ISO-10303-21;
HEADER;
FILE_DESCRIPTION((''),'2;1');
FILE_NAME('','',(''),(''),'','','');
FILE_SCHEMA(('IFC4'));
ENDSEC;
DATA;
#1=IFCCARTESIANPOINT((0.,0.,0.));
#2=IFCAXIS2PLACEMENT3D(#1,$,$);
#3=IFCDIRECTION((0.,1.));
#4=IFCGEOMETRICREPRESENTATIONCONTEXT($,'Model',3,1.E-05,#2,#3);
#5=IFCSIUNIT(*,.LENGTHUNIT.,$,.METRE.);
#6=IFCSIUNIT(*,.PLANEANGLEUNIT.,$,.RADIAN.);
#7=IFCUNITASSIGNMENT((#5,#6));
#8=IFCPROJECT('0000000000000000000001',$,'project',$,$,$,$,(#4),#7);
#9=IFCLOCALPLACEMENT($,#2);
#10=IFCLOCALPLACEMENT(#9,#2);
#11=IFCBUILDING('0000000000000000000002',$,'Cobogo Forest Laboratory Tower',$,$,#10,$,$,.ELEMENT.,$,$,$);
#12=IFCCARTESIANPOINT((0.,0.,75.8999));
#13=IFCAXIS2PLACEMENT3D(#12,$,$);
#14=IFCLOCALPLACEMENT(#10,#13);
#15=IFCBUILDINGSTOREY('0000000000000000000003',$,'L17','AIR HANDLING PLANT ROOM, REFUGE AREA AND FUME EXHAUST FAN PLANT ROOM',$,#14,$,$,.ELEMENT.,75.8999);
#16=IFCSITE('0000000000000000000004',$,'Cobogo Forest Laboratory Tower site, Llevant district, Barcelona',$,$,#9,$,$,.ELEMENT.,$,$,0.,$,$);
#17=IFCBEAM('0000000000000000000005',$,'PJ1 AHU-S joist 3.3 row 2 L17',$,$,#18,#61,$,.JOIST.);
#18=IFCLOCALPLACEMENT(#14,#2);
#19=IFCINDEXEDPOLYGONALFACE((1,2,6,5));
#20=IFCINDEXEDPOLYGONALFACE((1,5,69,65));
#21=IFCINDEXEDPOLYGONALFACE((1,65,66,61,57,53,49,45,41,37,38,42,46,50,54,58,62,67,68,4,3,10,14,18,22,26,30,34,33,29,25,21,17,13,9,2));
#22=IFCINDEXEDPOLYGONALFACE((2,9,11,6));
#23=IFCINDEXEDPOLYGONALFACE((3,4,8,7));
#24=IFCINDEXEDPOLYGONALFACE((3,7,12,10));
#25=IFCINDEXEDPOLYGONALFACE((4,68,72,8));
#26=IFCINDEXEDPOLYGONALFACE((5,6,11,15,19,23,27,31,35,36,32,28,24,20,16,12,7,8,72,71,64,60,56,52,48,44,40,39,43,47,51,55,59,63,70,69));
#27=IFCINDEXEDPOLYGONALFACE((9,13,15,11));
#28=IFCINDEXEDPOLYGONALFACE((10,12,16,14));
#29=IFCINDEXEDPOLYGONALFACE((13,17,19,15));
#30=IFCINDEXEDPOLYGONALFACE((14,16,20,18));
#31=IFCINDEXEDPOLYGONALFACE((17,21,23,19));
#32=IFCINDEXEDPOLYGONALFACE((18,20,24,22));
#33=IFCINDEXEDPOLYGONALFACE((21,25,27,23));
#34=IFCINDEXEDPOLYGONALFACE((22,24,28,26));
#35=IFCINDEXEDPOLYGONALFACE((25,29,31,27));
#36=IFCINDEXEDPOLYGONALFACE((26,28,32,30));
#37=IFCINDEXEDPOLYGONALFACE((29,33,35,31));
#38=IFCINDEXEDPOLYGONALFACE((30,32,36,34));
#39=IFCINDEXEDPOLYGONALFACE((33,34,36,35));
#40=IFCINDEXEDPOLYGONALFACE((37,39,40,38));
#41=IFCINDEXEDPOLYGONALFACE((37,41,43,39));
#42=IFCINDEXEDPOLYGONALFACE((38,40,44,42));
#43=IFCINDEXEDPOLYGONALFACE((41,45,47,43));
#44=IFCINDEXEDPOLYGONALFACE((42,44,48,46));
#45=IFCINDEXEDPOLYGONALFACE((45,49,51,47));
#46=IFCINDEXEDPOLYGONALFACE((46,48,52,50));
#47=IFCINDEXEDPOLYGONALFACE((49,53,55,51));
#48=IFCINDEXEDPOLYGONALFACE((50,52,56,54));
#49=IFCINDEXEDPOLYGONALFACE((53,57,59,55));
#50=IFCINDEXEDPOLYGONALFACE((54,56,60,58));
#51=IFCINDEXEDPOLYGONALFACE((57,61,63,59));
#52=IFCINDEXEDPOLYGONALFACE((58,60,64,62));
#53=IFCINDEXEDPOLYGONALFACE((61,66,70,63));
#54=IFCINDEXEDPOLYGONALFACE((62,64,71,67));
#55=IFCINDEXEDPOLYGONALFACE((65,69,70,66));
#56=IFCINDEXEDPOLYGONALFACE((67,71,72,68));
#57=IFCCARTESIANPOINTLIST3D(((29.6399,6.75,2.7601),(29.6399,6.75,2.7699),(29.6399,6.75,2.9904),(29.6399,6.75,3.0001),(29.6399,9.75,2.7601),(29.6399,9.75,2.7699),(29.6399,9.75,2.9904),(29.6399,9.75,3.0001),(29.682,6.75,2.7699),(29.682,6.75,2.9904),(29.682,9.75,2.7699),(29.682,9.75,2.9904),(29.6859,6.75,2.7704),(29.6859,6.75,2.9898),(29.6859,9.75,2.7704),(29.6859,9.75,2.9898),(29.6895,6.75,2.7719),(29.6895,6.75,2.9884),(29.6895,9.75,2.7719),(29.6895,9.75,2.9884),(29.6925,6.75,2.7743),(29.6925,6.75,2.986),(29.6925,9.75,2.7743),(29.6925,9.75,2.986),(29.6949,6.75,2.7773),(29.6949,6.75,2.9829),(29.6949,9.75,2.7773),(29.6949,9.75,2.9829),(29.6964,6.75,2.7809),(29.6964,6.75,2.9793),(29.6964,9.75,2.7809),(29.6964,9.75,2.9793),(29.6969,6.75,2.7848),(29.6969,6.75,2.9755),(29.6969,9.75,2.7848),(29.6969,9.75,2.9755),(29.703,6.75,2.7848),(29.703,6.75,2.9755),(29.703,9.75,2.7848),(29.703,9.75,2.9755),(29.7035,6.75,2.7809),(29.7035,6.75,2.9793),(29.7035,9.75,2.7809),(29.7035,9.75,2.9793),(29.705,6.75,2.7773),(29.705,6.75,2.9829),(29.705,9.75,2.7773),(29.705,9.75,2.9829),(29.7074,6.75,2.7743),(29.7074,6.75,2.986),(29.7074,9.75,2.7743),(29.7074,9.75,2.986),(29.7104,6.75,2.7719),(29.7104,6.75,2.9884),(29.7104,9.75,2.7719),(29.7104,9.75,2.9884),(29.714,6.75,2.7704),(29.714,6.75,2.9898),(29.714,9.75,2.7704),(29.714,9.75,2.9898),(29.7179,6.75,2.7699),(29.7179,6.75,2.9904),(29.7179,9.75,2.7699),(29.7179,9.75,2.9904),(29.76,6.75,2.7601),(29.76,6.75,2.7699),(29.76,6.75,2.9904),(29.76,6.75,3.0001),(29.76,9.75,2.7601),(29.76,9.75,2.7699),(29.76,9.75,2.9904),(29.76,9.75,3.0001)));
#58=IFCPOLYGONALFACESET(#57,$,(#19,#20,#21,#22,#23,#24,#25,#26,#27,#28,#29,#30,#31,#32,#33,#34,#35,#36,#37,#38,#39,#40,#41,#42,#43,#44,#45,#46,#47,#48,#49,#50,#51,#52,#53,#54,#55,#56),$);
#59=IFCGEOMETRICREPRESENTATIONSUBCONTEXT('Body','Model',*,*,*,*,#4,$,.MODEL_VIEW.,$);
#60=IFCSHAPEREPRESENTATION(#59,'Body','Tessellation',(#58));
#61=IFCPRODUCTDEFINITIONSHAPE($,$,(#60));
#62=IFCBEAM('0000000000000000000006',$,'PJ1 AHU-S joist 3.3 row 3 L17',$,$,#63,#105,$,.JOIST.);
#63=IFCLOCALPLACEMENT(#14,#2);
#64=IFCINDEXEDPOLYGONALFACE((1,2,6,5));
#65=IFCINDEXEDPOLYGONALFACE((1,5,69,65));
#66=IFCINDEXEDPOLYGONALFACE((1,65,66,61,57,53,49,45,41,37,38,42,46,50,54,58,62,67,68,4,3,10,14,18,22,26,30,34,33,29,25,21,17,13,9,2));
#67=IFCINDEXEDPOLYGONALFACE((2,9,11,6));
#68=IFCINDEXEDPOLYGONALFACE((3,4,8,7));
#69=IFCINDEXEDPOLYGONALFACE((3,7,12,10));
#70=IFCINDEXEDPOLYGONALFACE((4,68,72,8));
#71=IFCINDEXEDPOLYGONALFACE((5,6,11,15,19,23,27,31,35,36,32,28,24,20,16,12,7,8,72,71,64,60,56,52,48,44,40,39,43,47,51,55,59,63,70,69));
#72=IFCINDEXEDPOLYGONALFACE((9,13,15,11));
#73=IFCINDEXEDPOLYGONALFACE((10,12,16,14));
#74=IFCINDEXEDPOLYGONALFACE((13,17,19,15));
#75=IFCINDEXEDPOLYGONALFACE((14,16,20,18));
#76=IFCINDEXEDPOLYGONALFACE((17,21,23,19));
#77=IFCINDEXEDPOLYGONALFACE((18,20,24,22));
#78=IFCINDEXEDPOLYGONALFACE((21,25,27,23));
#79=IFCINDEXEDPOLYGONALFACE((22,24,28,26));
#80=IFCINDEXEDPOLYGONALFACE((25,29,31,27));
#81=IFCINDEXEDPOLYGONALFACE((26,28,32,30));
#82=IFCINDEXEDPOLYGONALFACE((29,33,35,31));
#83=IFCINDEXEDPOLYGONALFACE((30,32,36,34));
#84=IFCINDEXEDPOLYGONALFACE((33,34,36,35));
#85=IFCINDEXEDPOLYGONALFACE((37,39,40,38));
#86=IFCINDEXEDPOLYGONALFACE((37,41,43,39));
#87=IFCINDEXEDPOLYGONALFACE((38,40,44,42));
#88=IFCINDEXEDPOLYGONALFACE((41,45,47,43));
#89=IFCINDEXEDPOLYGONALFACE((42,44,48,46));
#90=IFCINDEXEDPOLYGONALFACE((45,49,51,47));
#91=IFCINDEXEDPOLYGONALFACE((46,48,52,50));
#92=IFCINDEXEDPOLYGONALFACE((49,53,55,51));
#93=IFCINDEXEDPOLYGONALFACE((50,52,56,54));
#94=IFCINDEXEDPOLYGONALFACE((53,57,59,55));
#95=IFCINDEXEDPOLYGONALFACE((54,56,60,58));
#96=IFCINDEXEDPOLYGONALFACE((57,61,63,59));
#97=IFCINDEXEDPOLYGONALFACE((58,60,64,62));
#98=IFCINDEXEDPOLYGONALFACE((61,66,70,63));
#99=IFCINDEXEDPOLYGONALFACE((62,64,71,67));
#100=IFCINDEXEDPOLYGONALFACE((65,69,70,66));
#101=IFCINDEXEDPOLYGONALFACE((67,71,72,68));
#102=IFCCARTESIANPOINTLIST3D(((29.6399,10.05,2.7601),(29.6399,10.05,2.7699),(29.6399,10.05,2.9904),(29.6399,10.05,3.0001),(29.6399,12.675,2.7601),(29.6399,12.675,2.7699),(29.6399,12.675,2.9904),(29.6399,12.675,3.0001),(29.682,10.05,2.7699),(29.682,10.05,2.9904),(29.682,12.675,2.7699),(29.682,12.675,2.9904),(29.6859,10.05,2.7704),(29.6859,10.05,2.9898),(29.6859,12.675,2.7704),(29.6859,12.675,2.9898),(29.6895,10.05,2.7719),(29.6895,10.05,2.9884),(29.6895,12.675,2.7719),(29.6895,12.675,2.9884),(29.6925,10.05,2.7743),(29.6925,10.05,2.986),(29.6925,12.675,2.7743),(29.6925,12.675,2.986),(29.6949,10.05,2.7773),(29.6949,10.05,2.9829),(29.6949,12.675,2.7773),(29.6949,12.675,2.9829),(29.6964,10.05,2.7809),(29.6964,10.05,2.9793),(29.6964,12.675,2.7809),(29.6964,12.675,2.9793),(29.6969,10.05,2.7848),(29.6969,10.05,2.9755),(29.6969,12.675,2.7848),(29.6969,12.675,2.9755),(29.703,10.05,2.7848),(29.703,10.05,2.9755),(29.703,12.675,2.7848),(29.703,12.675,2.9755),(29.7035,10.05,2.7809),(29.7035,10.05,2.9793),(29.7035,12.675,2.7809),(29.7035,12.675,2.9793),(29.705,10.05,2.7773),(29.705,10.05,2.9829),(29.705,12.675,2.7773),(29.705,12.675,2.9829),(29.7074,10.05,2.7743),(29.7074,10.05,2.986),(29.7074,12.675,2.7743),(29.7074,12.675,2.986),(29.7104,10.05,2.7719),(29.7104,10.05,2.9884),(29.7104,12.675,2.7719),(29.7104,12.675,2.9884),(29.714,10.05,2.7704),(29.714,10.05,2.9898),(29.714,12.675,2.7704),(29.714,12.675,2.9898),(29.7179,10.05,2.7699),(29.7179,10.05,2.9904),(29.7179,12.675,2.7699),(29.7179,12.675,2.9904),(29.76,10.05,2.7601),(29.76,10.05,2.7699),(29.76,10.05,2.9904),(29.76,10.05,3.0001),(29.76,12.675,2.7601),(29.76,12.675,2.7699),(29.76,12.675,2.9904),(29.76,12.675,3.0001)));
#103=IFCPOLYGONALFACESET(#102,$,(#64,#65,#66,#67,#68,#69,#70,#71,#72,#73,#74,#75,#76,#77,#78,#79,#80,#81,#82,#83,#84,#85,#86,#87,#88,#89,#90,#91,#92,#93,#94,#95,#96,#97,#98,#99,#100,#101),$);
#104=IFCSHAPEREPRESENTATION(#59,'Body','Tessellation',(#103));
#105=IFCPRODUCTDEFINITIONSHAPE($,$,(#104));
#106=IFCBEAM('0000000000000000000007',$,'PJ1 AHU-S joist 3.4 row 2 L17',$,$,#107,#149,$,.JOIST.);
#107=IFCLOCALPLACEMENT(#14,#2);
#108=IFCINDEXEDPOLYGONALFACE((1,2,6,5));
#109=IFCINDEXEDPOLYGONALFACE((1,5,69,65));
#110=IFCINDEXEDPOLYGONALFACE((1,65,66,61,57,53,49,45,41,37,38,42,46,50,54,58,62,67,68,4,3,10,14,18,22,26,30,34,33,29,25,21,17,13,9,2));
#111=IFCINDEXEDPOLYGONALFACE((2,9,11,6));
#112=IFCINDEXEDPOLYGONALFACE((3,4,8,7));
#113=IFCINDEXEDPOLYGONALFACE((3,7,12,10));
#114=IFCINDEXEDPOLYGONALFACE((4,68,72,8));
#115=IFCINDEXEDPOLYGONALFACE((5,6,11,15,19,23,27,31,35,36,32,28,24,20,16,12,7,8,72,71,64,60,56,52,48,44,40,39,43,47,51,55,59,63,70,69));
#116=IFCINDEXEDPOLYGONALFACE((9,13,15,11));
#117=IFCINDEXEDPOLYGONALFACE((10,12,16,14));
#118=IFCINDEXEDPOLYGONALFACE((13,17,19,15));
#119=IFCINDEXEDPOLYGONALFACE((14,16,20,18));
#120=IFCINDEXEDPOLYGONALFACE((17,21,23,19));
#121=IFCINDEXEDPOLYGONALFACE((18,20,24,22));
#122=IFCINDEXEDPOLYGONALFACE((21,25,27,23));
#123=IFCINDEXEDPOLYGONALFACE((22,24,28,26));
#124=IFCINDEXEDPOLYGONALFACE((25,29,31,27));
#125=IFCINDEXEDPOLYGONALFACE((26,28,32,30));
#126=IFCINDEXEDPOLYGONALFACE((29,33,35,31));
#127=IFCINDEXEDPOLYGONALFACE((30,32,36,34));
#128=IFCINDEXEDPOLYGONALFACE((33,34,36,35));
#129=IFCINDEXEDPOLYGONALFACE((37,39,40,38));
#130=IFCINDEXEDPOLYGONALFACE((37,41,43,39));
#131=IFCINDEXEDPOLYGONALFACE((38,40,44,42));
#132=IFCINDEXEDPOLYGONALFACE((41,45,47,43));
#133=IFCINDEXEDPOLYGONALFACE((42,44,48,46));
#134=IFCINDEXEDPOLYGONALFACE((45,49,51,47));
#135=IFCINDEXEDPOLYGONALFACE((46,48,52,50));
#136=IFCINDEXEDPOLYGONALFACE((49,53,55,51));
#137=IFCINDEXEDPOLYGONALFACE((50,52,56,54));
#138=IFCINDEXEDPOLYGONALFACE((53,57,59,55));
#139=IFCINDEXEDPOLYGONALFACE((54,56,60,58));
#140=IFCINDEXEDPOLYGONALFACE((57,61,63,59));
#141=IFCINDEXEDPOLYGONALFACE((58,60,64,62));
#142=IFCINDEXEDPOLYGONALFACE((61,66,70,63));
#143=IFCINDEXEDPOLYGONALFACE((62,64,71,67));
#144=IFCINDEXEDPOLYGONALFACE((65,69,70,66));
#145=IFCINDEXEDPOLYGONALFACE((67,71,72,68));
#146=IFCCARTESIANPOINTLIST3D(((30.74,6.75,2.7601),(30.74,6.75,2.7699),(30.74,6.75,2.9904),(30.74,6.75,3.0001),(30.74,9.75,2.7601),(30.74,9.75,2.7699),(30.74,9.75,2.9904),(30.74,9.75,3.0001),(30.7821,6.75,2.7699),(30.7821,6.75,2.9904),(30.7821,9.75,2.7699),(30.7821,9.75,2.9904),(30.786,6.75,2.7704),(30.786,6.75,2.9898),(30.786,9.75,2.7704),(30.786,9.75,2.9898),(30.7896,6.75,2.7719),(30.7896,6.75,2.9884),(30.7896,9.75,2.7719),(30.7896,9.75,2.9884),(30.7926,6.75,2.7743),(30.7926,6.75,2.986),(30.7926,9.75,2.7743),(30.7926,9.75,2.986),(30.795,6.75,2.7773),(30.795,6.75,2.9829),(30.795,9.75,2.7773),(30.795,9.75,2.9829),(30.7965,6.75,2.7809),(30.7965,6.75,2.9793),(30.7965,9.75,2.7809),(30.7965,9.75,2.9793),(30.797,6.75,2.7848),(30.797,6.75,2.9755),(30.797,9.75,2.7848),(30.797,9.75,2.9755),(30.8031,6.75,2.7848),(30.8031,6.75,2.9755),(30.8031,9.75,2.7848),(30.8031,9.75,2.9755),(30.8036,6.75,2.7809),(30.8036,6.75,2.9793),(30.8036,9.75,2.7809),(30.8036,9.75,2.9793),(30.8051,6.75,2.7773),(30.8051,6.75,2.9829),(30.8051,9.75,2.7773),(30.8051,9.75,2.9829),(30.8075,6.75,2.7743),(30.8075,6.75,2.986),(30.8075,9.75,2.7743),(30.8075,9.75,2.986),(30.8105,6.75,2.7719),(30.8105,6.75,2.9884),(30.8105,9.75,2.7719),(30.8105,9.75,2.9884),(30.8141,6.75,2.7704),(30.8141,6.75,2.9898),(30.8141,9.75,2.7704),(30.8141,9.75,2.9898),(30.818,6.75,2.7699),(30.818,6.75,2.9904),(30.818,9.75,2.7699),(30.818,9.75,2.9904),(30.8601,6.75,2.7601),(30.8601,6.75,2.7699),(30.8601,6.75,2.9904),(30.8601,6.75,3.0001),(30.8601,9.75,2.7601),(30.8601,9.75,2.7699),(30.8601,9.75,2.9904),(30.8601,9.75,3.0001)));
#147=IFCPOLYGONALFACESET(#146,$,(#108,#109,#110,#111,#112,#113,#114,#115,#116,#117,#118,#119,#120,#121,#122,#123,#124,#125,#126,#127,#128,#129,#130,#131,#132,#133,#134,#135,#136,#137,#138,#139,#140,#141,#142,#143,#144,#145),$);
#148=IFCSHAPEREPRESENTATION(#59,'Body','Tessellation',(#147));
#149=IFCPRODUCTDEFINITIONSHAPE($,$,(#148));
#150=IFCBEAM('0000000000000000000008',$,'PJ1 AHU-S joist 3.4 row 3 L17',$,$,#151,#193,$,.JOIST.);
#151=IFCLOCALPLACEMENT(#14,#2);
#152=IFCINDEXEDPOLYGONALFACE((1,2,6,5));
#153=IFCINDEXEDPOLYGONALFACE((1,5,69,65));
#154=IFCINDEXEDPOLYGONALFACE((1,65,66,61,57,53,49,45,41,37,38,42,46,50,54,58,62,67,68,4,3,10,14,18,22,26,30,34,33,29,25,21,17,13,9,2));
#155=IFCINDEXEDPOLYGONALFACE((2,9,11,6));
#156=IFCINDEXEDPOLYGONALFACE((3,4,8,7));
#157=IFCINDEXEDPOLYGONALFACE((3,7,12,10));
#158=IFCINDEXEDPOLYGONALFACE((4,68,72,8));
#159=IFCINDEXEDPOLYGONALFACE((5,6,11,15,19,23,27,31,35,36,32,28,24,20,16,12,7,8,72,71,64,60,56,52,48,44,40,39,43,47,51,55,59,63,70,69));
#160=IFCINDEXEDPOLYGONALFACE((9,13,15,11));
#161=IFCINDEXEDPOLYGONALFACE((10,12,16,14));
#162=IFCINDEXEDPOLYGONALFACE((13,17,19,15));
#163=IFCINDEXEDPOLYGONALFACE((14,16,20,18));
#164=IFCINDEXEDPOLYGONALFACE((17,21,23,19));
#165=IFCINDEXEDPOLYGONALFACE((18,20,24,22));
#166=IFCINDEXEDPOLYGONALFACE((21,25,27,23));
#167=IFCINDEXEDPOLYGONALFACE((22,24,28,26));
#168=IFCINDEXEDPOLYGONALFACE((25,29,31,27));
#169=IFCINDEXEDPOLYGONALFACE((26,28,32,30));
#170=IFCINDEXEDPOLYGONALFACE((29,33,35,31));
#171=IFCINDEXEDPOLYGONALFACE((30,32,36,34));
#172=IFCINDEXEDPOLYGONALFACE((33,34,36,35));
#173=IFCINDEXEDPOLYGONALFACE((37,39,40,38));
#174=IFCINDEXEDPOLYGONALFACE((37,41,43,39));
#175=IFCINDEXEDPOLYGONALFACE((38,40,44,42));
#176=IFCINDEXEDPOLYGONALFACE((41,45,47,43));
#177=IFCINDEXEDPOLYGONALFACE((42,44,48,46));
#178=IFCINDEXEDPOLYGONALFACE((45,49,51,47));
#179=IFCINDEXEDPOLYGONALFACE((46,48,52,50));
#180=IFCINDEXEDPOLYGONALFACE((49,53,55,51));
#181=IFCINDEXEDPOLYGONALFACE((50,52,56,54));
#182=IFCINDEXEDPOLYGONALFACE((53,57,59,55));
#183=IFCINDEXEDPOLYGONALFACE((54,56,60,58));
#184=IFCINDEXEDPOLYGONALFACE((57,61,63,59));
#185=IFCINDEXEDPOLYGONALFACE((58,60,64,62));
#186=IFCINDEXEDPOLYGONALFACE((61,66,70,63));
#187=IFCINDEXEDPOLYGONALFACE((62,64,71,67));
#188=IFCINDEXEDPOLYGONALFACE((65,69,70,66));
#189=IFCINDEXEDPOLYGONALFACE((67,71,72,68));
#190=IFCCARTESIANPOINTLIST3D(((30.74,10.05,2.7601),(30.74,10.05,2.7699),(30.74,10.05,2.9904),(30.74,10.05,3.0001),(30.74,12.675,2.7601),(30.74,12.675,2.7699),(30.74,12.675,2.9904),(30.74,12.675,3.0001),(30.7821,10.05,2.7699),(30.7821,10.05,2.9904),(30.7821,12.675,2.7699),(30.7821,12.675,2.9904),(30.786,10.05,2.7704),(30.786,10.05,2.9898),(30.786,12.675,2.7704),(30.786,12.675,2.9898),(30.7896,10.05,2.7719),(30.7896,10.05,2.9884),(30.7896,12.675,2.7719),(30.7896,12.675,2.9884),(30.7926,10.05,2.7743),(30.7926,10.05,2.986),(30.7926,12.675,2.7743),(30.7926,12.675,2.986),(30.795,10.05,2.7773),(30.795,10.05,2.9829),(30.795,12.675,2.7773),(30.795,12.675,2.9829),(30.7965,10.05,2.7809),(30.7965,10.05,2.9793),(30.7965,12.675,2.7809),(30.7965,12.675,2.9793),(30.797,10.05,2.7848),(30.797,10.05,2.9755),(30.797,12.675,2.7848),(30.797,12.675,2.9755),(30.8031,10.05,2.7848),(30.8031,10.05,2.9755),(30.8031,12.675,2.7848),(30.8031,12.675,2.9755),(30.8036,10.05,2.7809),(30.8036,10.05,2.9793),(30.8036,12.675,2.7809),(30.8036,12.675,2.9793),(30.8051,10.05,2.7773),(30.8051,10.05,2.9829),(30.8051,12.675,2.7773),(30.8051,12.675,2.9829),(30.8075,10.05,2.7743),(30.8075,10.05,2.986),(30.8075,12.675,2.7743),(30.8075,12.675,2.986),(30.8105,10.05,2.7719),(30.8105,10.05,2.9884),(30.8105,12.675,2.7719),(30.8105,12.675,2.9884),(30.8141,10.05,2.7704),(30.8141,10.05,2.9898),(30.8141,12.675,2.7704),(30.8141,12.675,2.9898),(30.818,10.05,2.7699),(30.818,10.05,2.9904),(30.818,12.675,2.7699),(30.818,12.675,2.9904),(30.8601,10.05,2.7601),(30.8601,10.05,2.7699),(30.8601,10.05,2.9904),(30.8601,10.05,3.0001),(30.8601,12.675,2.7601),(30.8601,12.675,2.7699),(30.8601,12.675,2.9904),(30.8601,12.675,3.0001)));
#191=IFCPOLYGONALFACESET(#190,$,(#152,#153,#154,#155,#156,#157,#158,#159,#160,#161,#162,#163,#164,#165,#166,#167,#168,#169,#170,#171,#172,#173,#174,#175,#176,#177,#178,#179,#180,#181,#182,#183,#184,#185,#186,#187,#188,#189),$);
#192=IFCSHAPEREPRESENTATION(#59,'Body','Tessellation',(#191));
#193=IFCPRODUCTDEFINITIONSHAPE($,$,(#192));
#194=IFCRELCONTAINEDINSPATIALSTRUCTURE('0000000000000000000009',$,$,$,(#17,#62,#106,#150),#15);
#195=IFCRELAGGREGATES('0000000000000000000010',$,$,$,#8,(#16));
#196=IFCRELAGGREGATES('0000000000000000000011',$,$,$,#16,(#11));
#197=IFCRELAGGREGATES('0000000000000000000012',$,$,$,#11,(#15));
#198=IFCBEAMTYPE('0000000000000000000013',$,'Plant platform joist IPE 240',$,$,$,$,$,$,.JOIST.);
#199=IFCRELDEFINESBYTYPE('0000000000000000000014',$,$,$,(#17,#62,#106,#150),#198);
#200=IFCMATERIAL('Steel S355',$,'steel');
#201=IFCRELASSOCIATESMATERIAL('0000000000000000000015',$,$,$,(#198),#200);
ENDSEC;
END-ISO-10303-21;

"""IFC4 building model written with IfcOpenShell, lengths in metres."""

from ifc_helpers import new_model, si_unit, direction, frame, origin, origin_2d, place, context, subcontext, project, spatial, i_section, extrude, material, material_profile, profile_set, type_object, element, save


model = new_model("IFC4")

# Units and contexts
model_context = context("Model", 3, precision=1e-05, world=origin(), true_north=direction((0.0, 1.0)))
body_context = subcontext(model_context, "Body", "Model", "MODEL_VIEW")
ifc_project = project(units=[si_unit("LENGTHUNIT", "METRE"), si_unit("PLANEANGLEUNIT", "RADIAN")], contexts=[model_context])

# Site, building, storey
site_placement = place(None, origin())
site = spatial("IfcSite", under=ifc_project, at=site_placement, Name="Cobogo Forest Laboratory Tower site, Llevant district, Barcelona", CompositionType="ELEMENT", RefElevation=0.0)
building_placement = place(site_placement, origin())
building = spatial("IfcBuilding", under=site, at=building_placement, Name="Cobogo Forest Laboratory Tower", CompositionType="ELEMENT")
storey_placement = place(building_placement, frame((0.0, 0.0, 75.8999)))
storey = spatial("IfcBuildingStorey", under=building, at=storey_placement, Name="L17", Description="AIR HANDLING PLANT ROOM, REFUGE AREA AND FUME EXHAUST FAN PLANT ROOM", CompositionType="ELEMENT", Elevation=75.8999)

# Beams
ifc_material = material(Name="Steel S355", Category="steel")
ifc_material_profile_1 = material_profile(ifc_material, i_section(OverallWidth=0.1201, OverallDepth=0.24, WebThickness=0.0061, FlangeThickness=0.0098, FilletRadius=0.0149, at=origin_2d()), Name="IPE 240")
ifc_profile_set_1 = profile_set([ifc_material_profile_1], Name="Steel S355")
beam_type_1 = type_object("IfcBeamType", Name="Plant platform joist IPE 240", PredefinedType="JOIST", material=ifc_profile_set_1)
beam_1_placement = place(storey_placement, frame((29.7, 6.75, 2.8801), z_axis=(0.0, 1.0, 0.0), x_axis=(-1.0, 0.0, 0.0)))
element("IfcBeam", 1, at=beam_1_placement, inside=storey, type_object=beam_type_1, Name="PJ1 AHU-S joist 3.3 row 2 L17", PredefinedType="JOIST", context=body_context, shape_type="SweptSolid", body=[
    extrude(i_section(OverallWidth=0.1201, OverallDepth=0.24, WebThickness=0.0061, FlangeThickness=0.0098, FilletRadius=0.0149, at=origin_2d()), origin(), (0.0, 0.0, 1.0), 3.0),
])
beam_2_placement = place(storey_placement, frame((29.7, 10.05, 2.8801), z_axis=(0.0, 1.0, 0.0), x_axis=(-1.0, 0.0, 0.0)))
element("IfcBeam", 2, at=beam_2_placement, inside=storey, type_object=beam_type_1, Name="PJ1 AHU-S joist 3.3 row 3 L17", PredefinedType="JOIST", context=body_context, shape_type="SweptSolid", body=[
    extrude(i_section(OverallWidth=0.1201, OverallDepth=0.24, WebThickness=0.0061, FlangeThickness=0.0098, FilletRadius=0.0149, at=origin_2d()), origin(), (0.0, 0.0, 1.0), 2.625),
])
beam_3_placement = place(storey_placement, frame((30.8, 6.75, 2.8801), z_axis=(0.0, 1.0, 0.0), x_axis=(-1.0, 0.0, 0.0)))
element("IfcBeam", 3, at=beam_3_placement, inside=storey, type_object=beam_type_1, Name="PJ1 AHU-S joist 3.4 row 2 L17", PredefinedType="JOIST", context=body_context, shape_type="SweptSolid", body=[
    extrude(i_section(OverallWidth=0.1201, OverallDepth=0.24, WebThickness=0.0061, FlangeThickness=0.0098, FilletRadius=0.0149, at=origin_2d()), origin(), (0.0, 0.0, 1.0), 3.0),
])
beam_4_placement = place(storey_placement, frame((30.8, 10.05, 2.8801), z_axis=(0.0, 1.0, 0.0), x_axis=(-1.0, 0.0, 0.0)))
element("IfcBeam", 4, at=beam_4_placement, inside=storey, type_object=beam_type_1, Name="PJ1 AHU-S joist 3.4 row 3 L17", PredefinedType="JOIST", context=body_context, shape_type="SweptSolid", body=[
    extrude(i_section(OverallWidth=0.1201, OverallDepth=0.24, WebThickness=0.0061, FlangeThickness=0.0098, FilletRadius=0.0149, at=origin_2d()), origin(), (0.0, 0.0, 1.0), 2.625),
])

save(model, "model.ifc")
